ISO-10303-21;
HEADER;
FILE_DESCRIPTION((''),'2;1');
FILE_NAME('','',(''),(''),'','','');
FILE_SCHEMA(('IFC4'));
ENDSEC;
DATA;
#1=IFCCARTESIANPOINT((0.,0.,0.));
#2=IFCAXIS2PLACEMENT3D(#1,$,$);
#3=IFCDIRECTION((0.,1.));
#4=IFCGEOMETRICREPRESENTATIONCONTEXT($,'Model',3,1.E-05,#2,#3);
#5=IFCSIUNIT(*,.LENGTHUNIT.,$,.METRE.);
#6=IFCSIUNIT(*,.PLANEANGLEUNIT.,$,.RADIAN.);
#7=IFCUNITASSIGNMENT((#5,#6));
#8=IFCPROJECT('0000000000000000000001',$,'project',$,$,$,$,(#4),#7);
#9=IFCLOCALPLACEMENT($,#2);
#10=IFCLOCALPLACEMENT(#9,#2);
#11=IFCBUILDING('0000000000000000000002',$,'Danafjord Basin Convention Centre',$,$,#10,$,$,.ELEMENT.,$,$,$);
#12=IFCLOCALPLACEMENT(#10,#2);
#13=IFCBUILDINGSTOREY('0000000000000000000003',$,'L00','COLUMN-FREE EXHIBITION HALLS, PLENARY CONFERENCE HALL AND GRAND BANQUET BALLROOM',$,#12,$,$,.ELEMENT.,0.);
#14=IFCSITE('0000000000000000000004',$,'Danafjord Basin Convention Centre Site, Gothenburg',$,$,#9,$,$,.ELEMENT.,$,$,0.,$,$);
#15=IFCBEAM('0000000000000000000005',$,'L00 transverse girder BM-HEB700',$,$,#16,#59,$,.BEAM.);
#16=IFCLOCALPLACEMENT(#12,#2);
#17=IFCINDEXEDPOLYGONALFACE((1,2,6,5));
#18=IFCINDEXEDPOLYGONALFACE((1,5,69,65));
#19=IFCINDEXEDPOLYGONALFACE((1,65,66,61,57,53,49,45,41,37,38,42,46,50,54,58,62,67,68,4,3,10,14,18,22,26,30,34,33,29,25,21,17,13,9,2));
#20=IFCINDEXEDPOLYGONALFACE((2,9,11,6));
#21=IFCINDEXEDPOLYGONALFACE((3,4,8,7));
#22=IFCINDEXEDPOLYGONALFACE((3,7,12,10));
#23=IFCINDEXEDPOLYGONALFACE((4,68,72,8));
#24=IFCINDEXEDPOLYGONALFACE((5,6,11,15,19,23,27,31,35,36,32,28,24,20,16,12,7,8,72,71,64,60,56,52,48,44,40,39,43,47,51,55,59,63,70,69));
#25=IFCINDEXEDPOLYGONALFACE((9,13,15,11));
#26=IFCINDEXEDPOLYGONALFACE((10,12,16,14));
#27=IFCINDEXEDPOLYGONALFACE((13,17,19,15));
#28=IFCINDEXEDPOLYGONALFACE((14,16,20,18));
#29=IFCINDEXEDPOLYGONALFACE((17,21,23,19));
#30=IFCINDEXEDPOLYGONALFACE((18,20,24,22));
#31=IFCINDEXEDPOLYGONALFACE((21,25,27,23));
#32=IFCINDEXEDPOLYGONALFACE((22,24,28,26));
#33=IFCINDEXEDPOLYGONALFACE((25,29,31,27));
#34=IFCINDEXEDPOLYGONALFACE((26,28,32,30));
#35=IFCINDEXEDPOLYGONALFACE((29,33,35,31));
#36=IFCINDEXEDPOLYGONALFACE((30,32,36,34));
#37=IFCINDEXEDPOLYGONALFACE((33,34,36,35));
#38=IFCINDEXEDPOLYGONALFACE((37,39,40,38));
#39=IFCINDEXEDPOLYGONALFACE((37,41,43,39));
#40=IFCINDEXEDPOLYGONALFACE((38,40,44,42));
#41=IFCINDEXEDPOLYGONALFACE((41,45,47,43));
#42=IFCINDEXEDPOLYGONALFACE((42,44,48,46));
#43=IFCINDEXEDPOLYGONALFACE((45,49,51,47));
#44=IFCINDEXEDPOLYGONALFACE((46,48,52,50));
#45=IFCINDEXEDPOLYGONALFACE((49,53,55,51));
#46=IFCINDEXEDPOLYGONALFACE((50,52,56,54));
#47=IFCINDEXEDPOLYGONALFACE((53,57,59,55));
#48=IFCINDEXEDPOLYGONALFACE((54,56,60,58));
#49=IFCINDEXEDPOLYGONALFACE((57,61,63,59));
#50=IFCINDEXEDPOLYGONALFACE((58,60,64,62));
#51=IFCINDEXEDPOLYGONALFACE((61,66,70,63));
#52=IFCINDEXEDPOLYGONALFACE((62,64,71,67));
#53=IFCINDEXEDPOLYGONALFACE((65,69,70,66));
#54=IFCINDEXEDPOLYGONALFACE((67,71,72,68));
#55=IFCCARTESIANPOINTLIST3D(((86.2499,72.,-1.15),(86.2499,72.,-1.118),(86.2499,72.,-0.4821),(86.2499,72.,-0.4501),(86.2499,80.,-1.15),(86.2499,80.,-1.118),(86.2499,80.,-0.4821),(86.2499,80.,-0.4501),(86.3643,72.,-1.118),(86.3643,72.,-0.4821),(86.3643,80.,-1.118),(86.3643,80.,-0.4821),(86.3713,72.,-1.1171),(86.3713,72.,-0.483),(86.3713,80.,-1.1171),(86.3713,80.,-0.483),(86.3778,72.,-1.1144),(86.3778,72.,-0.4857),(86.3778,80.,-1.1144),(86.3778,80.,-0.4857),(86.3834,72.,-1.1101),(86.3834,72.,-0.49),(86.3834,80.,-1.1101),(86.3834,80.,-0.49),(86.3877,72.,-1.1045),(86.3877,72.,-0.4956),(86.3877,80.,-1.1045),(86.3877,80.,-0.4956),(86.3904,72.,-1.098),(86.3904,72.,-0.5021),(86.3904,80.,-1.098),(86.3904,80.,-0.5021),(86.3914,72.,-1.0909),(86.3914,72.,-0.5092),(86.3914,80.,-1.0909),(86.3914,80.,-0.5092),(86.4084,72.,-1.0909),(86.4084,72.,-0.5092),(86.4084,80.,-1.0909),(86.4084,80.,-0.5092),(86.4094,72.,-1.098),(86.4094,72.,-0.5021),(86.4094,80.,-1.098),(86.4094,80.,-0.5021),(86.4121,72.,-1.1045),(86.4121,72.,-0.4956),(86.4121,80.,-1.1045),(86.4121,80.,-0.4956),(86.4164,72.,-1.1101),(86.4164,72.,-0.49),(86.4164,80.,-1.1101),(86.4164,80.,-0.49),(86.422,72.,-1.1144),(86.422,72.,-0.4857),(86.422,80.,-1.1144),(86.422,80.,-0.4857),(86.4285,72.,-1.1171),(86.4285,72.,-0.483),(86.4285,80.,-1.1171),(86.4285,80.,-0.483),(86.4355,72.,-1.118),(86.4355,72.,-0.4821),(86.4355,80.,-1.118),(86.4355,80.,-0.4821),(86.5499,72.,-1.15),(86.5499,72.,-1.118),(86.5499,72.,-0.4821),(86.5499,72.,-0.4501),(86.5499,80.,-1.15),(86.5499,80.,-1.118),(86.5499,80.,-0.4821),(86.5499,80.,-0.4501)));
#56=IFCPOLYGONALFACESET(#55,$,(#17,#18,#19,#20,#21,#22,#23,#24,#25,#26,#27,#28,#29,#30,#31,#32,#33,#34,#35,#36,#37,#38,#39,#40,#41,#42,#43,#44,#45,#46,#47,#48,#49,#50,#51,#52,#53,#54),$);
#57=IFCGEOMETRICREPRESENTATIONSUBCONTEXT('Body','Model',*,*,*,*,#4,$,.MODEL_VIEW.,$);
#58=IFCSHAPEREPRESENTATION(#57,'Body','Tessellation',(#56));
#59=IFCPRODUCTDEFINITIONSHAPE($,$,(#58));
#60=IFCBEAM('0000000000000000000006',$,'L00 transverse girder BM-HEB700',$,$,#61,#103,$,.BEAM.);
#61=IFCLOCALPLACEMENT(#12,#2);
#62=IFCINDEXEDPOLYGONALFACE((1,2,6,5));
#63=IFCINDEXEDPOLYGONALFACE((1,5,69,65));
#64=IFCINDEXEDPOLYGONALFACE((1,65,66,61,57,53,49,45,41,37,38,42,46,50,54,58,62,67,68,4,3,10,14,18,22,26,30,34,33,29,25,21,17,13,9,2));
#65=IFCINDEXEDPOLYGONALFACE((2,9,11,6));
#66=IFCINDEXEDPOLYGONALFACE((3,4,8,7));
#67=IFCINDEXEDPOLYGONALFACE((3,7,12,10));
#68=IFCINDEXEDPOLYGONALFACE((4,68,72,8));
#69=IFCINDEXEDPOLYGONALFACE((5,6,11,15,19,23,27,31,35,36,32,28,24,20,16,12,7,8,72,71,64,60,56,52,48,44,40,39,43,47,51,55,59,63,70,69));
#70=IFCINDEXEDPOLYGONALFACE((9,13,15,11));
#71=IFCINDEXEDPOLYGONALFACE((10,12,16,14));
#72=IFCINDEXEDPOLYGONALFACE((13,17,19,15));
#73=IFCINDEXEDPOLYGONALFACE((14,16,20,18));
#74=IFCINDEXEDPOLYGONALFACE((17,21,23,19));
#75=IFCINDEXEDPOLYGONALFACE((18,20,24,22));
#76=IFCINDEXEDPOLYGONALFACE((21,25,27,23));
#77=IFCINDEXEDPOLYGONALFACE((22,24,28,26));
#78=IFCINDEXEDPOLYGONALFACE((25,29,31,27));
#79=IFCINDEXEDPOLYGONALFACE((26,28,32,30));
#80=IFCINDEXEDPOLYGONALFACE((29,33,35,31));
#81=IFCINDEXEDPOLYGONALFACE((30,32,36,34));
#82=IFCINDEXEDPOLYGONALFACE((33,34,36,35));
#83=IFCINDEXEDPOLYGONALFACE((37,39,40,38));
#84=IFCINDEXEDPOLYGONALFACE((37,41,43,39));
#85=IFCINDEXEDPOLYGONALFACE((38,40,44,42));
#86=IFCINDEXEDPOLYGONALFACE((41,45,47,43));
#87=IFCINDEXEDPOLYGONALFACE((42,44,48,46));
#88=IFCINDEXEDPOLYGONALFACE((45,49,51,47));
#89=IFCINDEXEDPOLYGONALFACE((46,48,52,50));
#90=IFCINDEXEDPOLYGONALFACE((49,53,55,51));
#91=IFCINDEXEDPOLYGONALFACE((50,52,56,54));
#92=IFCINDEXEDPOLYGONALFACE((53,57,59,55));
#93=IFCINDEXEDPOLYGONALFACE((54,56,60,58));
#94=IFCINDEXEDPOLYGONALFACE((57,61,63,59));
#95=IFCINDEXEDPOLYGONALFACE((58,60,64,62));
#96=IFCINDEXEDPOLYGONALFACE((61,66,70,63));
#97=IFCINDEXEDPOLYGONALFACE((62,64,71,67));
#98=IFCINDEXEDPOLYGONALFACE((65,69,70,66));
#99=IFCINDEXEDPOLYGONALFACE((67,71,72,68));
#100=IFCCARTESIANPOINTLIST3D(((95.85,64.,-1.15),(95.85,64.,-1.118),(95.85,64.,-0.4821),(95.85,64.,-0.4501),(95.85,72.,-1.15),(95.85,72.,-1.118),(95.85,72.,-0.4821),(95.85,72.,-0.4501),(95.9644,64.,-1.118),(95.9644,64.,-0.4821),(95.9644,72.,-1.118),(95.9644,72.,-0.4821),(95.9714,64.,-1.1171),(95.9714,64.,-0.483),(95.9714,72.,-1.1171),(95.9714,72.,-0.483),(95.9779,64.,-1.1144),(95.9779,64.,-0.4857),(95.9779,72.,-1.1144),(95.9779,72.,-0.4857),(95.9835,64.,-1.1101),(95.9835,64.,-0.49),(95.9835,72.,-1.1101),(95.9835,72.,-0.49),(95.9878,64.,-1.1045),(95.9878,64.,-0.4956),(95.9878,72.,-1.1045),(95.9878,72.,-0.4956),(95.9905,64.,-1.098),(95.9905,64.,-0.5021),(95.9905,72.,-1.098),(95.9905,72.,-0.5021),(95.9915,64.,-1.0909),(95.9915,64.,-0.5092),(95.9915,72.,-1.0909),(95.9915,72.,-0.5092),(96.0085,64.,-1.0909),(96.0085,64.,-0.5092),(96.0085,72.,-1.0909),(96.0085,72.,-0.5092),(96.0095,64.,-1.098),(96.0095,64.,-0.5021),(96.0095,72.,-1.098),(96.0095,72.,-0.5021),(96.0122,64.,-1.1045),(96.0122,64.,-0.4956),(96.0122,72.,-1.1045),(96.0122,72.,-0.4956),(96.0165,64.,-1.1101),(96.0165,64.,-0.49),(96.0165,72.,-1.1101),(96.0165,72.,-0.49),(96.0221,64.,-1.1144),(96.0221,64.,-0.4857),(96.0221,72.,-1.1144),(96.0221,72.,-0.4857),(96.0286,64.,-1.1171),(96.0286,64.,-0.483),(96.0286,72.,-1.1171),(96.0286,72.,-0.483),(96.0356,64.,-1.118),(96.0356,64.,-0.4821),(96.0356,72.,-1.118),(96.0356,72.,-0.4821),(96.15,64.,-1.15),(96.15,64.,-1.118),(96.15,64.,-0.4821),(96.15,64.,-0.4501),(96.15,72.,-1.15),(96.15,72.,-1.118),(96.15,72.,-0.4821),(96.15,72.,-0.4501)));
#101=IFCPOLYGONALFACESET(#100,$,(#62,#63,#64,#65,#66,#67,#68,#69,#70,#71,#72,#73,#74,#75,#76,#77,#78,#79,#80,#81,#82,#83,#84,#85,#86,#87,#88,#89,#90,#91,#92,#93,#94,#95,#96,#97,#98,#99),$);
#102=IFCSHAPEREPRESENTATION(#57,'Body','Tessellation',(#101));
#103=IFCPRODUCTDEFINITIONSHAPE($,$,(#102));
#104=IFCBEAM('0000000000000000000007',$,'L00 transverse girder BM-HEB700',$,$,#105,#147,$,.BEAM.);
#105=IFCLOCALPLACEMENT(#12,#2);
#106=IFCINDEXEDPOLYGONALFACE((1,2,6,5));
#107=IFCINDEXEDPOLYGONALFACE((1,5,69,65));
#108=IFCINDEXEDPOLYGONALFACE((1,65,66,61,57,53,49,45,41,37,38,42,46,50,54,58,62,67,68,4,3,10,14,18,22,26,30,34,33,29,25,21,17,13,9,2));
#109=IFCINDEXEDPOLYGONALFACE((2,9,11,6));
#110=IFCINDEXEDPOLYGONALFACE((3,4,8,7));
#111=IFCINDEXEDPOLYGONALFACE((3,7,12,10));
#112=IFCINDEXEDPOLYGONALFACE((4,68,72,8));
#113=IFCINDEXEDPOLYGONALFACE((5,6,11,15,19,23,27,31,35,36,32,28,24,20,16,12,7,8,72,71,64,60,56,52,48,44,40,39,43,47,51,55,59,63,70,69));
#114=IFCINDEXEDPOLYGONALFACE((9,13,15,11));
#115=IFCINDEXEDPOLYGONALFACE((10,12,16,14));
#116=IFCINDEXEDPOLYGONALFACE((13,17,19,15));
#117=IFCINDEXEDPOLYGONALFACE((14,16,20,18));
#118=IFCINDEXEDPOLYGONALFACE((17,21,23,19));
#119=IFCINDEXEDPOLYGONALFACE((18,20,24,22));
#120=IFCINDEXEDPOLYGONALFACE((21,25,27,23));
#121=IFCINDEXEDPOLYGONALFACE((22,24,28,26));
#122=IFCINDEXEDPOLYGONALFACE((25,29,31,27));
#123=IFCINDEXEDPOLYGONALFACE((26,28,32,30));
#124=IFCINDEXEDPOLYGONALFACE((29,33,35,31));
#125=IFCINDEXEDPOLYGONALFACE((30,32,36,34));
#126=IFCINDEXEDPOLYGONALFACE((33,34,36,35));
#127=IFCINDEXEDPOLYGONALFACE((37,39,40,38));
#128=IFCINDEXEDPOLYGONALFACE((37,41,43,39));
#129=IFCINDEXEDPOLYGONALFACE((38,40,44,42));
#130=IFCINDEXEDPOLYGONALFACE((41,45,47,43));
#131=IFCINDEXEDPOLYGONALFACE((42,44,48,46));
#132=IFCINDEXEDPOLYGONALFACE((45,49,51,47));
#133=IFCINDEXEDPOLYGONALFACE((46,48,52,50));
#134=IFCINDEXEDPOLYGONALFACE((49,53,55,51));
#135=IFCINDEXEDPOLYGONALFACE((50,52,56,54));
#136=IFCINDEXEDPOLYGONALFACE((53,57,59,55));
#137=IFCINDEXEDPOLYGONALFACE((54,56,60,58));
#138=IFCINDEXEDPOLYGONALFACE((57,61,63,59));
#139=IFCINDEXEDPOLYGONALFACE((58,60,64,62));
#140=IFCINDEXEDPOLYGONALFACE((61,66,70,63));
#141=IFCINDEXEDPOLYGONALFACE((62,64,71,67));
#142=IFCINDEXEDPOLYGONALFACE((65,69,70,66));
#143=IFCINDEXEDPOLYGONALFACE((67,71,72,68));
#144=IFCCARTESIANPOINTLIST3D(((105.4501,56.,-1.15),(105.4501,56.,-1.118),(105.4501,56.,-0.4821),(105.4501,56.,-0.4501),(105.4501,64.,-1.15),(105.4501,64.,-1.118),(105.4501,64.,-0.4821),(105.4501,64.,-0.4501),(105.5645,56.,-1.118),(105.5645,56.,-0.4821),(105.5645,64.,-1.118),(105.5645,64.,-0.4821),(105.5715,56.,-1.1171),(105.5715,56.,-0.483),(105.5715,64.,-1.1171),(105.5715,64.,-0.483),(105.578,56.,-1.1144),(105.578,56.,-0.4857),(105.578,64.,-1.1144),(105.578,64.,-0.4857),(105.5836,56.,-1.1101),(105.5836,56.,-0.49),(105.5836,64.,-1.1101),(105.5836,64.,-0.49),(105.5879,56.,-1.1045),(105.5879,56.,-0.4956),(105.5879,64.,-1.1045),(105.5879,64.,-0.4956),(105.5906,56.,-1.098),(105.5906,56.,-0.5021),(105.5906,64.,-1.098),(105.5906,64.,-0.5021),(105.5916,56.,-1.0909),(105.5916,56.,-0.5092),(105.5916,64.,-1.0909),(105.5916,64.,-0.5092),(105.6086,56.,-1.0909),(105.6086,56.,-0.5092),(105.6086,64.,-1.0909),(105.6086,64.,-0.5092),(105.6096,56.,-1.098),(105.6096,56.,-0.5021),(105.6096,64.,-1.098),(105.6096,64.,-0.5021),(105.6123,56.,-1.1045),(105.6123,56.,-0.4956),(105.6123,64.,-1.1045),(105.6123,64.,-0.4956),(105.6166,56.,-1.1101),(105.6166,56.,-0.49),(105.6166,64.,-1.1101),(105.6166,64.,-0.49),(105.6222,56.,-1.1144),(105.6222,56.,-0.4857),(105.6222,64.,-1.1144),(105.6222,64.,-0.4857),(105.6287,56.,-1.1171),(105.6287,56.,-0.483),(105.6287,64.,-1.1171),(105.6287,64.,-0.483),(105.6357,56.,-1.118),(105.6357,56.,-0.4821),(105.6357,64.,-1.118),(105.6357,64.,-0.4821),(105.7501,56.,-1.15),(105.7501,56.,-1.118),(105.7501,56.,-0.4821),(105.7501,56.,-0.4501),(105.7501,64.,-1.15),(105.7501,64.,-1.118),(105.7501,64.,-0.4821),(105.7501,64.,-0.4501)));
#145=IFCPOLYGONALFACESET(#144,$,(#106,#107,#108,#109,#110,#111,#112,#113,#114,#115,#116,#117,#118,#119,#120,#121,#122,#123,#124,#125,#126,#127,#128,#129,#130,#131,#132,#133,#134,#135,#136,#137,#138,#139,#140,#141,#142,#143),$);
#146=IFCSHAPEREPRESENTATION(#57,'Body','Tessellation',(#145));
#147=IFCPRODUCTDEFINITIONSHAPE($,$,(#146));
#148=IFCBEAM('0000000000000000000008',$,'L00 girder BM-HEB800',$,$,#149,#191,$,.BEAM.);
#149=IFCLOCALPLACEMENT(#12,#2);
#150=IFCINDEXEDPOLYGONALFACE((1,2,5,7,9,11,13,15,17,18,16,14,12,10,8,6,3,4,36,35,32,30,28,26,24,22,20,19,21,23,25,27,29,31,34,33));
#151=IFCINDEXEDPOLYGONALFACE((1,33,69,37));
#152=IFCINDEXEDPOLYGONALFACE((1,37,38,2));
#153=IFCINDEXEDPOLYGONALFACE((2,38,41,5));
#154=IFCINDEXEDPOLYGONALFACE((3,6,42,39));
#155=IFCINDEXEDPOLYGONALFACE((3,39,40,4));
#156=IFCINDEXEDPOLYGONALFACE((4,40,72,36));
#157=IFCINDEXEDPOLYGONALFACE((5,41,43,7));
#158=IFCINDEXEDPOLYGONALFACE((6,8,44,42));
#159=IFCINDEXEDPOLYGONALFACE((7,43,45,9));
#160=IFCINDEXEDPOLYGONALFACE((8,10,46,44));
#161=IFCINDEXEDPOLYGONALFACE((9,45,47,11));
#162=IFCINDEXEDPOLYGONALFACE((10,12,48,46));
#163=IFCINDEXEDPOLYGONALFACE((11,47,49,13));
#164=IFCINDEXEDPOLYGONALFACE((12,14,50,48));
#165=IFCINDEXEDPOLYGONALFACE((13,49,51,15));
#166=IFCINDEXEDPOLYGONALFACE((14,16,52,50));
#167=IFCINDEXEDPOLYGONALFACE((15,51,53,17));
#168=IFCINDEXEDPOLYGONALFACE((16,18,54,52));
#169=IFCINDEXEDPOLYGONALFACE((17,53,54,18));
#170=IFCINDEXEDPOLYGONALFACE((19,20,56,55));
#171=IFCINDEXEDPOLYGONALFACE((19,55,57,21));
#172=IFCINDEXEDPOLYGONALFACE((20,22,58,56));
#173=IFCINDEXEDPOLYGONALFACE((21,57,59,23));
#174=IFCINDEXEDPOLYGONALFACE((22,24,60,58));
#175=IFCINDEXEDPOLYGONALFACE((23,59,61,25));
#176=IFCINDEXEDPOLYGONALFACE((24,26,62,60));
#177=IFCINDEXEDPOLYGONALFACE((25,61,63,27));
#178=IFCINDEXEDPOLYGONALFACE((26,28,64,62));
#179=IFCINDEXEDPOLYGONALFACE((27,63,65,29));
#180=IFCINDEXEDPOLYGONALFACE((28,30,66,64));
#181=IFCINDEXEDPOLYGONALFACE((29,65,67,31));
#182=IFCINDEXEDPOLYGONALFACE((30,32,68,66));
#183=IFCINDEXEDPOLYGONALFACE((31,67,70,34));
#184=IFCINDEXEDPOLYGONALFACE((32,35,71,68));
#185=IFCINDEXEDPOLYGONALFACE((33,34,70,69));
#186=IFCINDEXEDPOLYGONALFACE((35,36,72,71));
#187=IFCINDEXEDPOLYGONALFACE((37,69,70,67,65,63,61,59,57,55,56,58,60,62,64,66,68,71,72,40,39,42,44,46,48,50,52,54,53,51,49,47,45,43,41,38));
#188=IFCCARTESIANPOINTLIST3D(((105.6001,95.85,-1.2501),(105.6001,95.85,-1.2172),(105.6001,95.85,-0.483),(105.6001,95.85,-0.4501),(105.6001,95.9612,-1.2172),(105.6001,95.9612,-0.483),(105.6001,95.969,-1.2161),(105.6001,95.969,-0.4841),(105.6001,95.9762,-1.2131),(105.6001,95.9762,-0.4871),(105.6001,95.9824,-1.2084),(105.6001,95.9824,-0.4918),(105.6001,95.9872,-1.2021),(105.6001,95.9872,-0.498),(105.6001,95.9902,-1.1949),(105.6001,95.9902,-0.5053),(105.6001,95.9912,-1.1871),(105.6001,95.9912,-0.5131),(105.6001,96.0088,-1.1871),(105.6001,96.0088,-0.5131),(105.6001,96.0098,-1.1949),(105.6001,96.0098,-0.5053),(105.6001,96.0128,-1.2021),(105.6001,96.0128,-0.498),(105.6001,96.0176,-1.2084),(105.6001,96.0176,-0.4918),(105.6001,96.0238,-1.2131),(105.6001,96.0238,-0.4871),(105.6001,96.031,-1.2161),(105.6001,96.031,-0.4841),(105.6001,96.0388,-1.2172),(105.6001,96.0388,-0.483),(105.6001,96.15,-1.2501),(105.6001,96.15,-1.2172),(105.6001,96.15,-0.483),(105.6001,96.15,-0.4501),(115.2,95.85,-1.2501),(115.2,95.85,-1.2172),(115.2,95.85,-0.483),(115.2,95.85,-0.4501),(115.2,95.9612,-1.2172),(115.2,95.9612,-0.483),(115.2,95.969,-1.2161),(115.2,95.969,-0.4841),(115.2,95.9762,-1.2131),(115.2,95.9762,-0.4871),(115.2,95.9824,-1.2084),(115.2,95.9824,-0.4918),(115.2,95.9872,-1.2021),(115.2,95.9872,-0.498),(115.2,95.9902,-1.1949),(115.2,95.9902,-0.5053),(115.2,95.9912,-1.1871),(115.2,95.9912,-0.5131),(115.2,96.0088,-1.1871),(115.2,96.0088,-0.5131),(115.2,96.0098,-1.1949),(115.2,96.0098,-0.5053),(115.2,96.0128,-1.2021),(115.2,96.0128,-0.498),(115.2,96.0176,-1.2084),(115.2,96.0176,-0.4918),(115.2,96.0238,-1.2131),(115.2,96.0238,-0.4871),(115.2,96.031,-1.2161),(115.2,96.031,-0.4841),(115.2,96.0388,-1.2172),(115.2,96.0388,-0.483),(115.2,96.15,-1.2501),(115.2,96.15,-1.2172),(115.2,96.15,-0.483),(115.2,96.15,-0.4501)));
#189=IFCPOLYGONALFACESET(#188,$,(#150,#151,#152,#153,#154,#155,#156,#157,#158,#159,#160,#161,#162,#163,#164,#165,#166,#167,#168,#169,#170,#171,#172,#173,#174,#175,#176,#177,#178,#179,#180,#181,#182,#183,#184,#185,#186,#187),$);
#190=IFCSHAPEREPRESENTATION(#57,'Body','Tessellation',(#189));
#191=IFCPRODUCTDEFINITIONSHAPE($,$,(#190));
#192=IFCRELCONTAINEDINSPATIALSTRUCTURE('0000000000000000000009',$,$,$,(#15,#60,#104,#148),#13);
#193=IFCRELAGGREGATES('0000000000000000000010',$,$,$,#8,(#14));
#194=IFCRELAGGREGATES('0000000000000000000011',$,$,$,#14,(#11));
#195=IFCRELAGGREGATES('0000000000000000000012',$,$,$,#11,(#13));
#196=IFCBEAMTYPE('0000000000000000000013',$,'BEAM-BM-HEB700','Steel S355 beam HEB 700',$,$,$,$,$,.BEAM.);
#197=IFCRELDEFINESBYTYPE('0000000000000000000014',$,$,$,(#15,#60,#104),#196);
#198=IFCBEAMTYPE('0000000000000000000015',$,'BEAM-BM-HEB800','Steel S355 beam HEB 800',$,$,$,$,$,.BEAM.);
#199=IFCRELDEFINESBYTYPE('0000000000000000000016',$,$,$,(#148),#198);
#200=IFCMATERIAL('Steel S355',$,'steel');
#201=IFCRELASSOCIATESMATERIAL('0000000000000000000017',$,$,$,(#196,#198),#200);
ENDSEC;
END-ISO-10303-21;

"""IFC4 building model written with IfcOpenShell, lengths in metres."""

from ifc_helpers import new_model, si_unit, direction, frame, origin, origin_2d, place, context, subcontext, project, spatial, i_section, extrude, material, material_profile, profile_set, type_object, element, save


model = new_model("IFC4")

# Units and contexts
model_context = context("Model", 3, precision=1e-05, world=origin(), true_north=direction((0.0, 1.0)))
body_context = subcontext(model_context, "Body", "Model", "MODEL_VIEW")
ifc_project = project(units=[si_unit("LENGTHUNIT", "METRE"), si_unit("PLANEANGLEUNIT", "RADIAN")], contexts=[model_context])

# Site, building, storey
site_placement = place(None, origin())
site = spatial("IfcSite", under=ifc_project, at=site_placement, Name="Danafjord Basin Convention Centre Site, Gothenburg", CompositionType="ELEMENT", RefElevation=0.0)
building_placement = place(site_placement, origin())
building = spatial("IfcBuilding", under=site, at=building_placement, Name="Danafjord Basin Convention Centre", CompositionType="ELEMENT")
storey_placement = place(building_placement, origin())
storey = spatial("IfcBuildingStorey", under=building, at=storey_placement, Name="L00", Description="COLUMN-FREE EXHIBITION HALLS, PLENARY CONFERENCE HALL AND GRAND BANQUET BALLROOM", CompositionType="ELEMENT", Elevation=0.0)

# Beams
ifc_material = material(Name="Steel S355", Category="steel")
ifc_material_profile_1 = material_profile(ifc_material, i_section(OverallWidth=0.3, OverallDepth=0.7, WebThickness=0.0171, FlangeThickness=0.032, FilletRadius=0.0271, at=origin_2d()), Name="HEB 700")
ifc_profile_set_1 = profile_set([ifc_material_profile_1], Name="Steel S355")
beam_type_1 = type_object("IfcBeamType", Name="BEAM-BM-HEB700", Description="Steel S355 beam HEB 700", PredefinedType="BEAM", material=ifc_profile_set_1)
for number, where, z_axis, x_axis, name in (
    (1, (86.3999, 72.0, -0.8), (0.0, 1.0, 0.0), (-1.0, 0.0, 0.0), "L00 transverse girder BM-HEB700"),
    (2, (96.0, 64.0, -0.8), (0.0, 1.0, 0.0), (-1.0, 0.0, 0.0), "L00 transverse girder BM-HEB700"),
    (3, (105.6001, 56.0, -0.8), (0.0, 1.0, 0.0), (-1.0, 0.0, 0.0), "L00 transverse girder BM-HEB700"),
):
    element("IfcBeam", number, at=place(storey_placement, frame(where, z_axis=z_axis, x_axis=x_axis)), inside=storey, type_object=beam_type_1, Name=name, PredefinedType="BEAM", context=body_context, shape_type="SweptSolid", body=[
        extrude(i_section(OverallWidth=0.3, OverallDepth=0.7, WebThickness=0.0171, FlangeThickness=0.032, FilletRadius=0.0271, at=origin_2d()), origin(), (0.0, 0.0, 1.0), 8.0),
    ])
ifc_material_profile_2 = material_profile(ifc_material, i_section(OverallWidth=0.3, OverallDepth=0.8, WebThickness=0.0176, FlangeThickness=0.033, FilletRadius=0.03, at=origin_2d()), Name="HEB 800")
ifc_profile_set_2 = profile_set([ifc_material_profile_2], Name="Steel S355")
beam_type_2 = type_object("IfcBeamType", Name="BEAM-BM-HEB800", Description="Steel S355 beam HEB 800", PredefinedType="BEAM", material=ifc_profile_set_2)
beam_1_placement = place(storey_placement, frame((105.6001, 96.0, -0.8501), z_axis=(1.0, 0.0, 0.0), x_axis=(0.0, 1.0, 0.0)))
element("IfcBeam", 4, at=beam_1_placement, inside=storey, type_object=beam_type_2, Name="L00 girder BM-HEB800", PredefinedType="BEAM", context=body_context, shape_type="SweptSolid", body=[
    extrude(i_section(OverallWidth=0.3, OverallDepth=0.8, WebThickness=0.0176, FlangeThickness=0.033, FilletRadius=0.03, at=origin_2d()), origin(), (0.0, 0.0, 1.0), 9.5999),
])

save(model, "model.ifc")
